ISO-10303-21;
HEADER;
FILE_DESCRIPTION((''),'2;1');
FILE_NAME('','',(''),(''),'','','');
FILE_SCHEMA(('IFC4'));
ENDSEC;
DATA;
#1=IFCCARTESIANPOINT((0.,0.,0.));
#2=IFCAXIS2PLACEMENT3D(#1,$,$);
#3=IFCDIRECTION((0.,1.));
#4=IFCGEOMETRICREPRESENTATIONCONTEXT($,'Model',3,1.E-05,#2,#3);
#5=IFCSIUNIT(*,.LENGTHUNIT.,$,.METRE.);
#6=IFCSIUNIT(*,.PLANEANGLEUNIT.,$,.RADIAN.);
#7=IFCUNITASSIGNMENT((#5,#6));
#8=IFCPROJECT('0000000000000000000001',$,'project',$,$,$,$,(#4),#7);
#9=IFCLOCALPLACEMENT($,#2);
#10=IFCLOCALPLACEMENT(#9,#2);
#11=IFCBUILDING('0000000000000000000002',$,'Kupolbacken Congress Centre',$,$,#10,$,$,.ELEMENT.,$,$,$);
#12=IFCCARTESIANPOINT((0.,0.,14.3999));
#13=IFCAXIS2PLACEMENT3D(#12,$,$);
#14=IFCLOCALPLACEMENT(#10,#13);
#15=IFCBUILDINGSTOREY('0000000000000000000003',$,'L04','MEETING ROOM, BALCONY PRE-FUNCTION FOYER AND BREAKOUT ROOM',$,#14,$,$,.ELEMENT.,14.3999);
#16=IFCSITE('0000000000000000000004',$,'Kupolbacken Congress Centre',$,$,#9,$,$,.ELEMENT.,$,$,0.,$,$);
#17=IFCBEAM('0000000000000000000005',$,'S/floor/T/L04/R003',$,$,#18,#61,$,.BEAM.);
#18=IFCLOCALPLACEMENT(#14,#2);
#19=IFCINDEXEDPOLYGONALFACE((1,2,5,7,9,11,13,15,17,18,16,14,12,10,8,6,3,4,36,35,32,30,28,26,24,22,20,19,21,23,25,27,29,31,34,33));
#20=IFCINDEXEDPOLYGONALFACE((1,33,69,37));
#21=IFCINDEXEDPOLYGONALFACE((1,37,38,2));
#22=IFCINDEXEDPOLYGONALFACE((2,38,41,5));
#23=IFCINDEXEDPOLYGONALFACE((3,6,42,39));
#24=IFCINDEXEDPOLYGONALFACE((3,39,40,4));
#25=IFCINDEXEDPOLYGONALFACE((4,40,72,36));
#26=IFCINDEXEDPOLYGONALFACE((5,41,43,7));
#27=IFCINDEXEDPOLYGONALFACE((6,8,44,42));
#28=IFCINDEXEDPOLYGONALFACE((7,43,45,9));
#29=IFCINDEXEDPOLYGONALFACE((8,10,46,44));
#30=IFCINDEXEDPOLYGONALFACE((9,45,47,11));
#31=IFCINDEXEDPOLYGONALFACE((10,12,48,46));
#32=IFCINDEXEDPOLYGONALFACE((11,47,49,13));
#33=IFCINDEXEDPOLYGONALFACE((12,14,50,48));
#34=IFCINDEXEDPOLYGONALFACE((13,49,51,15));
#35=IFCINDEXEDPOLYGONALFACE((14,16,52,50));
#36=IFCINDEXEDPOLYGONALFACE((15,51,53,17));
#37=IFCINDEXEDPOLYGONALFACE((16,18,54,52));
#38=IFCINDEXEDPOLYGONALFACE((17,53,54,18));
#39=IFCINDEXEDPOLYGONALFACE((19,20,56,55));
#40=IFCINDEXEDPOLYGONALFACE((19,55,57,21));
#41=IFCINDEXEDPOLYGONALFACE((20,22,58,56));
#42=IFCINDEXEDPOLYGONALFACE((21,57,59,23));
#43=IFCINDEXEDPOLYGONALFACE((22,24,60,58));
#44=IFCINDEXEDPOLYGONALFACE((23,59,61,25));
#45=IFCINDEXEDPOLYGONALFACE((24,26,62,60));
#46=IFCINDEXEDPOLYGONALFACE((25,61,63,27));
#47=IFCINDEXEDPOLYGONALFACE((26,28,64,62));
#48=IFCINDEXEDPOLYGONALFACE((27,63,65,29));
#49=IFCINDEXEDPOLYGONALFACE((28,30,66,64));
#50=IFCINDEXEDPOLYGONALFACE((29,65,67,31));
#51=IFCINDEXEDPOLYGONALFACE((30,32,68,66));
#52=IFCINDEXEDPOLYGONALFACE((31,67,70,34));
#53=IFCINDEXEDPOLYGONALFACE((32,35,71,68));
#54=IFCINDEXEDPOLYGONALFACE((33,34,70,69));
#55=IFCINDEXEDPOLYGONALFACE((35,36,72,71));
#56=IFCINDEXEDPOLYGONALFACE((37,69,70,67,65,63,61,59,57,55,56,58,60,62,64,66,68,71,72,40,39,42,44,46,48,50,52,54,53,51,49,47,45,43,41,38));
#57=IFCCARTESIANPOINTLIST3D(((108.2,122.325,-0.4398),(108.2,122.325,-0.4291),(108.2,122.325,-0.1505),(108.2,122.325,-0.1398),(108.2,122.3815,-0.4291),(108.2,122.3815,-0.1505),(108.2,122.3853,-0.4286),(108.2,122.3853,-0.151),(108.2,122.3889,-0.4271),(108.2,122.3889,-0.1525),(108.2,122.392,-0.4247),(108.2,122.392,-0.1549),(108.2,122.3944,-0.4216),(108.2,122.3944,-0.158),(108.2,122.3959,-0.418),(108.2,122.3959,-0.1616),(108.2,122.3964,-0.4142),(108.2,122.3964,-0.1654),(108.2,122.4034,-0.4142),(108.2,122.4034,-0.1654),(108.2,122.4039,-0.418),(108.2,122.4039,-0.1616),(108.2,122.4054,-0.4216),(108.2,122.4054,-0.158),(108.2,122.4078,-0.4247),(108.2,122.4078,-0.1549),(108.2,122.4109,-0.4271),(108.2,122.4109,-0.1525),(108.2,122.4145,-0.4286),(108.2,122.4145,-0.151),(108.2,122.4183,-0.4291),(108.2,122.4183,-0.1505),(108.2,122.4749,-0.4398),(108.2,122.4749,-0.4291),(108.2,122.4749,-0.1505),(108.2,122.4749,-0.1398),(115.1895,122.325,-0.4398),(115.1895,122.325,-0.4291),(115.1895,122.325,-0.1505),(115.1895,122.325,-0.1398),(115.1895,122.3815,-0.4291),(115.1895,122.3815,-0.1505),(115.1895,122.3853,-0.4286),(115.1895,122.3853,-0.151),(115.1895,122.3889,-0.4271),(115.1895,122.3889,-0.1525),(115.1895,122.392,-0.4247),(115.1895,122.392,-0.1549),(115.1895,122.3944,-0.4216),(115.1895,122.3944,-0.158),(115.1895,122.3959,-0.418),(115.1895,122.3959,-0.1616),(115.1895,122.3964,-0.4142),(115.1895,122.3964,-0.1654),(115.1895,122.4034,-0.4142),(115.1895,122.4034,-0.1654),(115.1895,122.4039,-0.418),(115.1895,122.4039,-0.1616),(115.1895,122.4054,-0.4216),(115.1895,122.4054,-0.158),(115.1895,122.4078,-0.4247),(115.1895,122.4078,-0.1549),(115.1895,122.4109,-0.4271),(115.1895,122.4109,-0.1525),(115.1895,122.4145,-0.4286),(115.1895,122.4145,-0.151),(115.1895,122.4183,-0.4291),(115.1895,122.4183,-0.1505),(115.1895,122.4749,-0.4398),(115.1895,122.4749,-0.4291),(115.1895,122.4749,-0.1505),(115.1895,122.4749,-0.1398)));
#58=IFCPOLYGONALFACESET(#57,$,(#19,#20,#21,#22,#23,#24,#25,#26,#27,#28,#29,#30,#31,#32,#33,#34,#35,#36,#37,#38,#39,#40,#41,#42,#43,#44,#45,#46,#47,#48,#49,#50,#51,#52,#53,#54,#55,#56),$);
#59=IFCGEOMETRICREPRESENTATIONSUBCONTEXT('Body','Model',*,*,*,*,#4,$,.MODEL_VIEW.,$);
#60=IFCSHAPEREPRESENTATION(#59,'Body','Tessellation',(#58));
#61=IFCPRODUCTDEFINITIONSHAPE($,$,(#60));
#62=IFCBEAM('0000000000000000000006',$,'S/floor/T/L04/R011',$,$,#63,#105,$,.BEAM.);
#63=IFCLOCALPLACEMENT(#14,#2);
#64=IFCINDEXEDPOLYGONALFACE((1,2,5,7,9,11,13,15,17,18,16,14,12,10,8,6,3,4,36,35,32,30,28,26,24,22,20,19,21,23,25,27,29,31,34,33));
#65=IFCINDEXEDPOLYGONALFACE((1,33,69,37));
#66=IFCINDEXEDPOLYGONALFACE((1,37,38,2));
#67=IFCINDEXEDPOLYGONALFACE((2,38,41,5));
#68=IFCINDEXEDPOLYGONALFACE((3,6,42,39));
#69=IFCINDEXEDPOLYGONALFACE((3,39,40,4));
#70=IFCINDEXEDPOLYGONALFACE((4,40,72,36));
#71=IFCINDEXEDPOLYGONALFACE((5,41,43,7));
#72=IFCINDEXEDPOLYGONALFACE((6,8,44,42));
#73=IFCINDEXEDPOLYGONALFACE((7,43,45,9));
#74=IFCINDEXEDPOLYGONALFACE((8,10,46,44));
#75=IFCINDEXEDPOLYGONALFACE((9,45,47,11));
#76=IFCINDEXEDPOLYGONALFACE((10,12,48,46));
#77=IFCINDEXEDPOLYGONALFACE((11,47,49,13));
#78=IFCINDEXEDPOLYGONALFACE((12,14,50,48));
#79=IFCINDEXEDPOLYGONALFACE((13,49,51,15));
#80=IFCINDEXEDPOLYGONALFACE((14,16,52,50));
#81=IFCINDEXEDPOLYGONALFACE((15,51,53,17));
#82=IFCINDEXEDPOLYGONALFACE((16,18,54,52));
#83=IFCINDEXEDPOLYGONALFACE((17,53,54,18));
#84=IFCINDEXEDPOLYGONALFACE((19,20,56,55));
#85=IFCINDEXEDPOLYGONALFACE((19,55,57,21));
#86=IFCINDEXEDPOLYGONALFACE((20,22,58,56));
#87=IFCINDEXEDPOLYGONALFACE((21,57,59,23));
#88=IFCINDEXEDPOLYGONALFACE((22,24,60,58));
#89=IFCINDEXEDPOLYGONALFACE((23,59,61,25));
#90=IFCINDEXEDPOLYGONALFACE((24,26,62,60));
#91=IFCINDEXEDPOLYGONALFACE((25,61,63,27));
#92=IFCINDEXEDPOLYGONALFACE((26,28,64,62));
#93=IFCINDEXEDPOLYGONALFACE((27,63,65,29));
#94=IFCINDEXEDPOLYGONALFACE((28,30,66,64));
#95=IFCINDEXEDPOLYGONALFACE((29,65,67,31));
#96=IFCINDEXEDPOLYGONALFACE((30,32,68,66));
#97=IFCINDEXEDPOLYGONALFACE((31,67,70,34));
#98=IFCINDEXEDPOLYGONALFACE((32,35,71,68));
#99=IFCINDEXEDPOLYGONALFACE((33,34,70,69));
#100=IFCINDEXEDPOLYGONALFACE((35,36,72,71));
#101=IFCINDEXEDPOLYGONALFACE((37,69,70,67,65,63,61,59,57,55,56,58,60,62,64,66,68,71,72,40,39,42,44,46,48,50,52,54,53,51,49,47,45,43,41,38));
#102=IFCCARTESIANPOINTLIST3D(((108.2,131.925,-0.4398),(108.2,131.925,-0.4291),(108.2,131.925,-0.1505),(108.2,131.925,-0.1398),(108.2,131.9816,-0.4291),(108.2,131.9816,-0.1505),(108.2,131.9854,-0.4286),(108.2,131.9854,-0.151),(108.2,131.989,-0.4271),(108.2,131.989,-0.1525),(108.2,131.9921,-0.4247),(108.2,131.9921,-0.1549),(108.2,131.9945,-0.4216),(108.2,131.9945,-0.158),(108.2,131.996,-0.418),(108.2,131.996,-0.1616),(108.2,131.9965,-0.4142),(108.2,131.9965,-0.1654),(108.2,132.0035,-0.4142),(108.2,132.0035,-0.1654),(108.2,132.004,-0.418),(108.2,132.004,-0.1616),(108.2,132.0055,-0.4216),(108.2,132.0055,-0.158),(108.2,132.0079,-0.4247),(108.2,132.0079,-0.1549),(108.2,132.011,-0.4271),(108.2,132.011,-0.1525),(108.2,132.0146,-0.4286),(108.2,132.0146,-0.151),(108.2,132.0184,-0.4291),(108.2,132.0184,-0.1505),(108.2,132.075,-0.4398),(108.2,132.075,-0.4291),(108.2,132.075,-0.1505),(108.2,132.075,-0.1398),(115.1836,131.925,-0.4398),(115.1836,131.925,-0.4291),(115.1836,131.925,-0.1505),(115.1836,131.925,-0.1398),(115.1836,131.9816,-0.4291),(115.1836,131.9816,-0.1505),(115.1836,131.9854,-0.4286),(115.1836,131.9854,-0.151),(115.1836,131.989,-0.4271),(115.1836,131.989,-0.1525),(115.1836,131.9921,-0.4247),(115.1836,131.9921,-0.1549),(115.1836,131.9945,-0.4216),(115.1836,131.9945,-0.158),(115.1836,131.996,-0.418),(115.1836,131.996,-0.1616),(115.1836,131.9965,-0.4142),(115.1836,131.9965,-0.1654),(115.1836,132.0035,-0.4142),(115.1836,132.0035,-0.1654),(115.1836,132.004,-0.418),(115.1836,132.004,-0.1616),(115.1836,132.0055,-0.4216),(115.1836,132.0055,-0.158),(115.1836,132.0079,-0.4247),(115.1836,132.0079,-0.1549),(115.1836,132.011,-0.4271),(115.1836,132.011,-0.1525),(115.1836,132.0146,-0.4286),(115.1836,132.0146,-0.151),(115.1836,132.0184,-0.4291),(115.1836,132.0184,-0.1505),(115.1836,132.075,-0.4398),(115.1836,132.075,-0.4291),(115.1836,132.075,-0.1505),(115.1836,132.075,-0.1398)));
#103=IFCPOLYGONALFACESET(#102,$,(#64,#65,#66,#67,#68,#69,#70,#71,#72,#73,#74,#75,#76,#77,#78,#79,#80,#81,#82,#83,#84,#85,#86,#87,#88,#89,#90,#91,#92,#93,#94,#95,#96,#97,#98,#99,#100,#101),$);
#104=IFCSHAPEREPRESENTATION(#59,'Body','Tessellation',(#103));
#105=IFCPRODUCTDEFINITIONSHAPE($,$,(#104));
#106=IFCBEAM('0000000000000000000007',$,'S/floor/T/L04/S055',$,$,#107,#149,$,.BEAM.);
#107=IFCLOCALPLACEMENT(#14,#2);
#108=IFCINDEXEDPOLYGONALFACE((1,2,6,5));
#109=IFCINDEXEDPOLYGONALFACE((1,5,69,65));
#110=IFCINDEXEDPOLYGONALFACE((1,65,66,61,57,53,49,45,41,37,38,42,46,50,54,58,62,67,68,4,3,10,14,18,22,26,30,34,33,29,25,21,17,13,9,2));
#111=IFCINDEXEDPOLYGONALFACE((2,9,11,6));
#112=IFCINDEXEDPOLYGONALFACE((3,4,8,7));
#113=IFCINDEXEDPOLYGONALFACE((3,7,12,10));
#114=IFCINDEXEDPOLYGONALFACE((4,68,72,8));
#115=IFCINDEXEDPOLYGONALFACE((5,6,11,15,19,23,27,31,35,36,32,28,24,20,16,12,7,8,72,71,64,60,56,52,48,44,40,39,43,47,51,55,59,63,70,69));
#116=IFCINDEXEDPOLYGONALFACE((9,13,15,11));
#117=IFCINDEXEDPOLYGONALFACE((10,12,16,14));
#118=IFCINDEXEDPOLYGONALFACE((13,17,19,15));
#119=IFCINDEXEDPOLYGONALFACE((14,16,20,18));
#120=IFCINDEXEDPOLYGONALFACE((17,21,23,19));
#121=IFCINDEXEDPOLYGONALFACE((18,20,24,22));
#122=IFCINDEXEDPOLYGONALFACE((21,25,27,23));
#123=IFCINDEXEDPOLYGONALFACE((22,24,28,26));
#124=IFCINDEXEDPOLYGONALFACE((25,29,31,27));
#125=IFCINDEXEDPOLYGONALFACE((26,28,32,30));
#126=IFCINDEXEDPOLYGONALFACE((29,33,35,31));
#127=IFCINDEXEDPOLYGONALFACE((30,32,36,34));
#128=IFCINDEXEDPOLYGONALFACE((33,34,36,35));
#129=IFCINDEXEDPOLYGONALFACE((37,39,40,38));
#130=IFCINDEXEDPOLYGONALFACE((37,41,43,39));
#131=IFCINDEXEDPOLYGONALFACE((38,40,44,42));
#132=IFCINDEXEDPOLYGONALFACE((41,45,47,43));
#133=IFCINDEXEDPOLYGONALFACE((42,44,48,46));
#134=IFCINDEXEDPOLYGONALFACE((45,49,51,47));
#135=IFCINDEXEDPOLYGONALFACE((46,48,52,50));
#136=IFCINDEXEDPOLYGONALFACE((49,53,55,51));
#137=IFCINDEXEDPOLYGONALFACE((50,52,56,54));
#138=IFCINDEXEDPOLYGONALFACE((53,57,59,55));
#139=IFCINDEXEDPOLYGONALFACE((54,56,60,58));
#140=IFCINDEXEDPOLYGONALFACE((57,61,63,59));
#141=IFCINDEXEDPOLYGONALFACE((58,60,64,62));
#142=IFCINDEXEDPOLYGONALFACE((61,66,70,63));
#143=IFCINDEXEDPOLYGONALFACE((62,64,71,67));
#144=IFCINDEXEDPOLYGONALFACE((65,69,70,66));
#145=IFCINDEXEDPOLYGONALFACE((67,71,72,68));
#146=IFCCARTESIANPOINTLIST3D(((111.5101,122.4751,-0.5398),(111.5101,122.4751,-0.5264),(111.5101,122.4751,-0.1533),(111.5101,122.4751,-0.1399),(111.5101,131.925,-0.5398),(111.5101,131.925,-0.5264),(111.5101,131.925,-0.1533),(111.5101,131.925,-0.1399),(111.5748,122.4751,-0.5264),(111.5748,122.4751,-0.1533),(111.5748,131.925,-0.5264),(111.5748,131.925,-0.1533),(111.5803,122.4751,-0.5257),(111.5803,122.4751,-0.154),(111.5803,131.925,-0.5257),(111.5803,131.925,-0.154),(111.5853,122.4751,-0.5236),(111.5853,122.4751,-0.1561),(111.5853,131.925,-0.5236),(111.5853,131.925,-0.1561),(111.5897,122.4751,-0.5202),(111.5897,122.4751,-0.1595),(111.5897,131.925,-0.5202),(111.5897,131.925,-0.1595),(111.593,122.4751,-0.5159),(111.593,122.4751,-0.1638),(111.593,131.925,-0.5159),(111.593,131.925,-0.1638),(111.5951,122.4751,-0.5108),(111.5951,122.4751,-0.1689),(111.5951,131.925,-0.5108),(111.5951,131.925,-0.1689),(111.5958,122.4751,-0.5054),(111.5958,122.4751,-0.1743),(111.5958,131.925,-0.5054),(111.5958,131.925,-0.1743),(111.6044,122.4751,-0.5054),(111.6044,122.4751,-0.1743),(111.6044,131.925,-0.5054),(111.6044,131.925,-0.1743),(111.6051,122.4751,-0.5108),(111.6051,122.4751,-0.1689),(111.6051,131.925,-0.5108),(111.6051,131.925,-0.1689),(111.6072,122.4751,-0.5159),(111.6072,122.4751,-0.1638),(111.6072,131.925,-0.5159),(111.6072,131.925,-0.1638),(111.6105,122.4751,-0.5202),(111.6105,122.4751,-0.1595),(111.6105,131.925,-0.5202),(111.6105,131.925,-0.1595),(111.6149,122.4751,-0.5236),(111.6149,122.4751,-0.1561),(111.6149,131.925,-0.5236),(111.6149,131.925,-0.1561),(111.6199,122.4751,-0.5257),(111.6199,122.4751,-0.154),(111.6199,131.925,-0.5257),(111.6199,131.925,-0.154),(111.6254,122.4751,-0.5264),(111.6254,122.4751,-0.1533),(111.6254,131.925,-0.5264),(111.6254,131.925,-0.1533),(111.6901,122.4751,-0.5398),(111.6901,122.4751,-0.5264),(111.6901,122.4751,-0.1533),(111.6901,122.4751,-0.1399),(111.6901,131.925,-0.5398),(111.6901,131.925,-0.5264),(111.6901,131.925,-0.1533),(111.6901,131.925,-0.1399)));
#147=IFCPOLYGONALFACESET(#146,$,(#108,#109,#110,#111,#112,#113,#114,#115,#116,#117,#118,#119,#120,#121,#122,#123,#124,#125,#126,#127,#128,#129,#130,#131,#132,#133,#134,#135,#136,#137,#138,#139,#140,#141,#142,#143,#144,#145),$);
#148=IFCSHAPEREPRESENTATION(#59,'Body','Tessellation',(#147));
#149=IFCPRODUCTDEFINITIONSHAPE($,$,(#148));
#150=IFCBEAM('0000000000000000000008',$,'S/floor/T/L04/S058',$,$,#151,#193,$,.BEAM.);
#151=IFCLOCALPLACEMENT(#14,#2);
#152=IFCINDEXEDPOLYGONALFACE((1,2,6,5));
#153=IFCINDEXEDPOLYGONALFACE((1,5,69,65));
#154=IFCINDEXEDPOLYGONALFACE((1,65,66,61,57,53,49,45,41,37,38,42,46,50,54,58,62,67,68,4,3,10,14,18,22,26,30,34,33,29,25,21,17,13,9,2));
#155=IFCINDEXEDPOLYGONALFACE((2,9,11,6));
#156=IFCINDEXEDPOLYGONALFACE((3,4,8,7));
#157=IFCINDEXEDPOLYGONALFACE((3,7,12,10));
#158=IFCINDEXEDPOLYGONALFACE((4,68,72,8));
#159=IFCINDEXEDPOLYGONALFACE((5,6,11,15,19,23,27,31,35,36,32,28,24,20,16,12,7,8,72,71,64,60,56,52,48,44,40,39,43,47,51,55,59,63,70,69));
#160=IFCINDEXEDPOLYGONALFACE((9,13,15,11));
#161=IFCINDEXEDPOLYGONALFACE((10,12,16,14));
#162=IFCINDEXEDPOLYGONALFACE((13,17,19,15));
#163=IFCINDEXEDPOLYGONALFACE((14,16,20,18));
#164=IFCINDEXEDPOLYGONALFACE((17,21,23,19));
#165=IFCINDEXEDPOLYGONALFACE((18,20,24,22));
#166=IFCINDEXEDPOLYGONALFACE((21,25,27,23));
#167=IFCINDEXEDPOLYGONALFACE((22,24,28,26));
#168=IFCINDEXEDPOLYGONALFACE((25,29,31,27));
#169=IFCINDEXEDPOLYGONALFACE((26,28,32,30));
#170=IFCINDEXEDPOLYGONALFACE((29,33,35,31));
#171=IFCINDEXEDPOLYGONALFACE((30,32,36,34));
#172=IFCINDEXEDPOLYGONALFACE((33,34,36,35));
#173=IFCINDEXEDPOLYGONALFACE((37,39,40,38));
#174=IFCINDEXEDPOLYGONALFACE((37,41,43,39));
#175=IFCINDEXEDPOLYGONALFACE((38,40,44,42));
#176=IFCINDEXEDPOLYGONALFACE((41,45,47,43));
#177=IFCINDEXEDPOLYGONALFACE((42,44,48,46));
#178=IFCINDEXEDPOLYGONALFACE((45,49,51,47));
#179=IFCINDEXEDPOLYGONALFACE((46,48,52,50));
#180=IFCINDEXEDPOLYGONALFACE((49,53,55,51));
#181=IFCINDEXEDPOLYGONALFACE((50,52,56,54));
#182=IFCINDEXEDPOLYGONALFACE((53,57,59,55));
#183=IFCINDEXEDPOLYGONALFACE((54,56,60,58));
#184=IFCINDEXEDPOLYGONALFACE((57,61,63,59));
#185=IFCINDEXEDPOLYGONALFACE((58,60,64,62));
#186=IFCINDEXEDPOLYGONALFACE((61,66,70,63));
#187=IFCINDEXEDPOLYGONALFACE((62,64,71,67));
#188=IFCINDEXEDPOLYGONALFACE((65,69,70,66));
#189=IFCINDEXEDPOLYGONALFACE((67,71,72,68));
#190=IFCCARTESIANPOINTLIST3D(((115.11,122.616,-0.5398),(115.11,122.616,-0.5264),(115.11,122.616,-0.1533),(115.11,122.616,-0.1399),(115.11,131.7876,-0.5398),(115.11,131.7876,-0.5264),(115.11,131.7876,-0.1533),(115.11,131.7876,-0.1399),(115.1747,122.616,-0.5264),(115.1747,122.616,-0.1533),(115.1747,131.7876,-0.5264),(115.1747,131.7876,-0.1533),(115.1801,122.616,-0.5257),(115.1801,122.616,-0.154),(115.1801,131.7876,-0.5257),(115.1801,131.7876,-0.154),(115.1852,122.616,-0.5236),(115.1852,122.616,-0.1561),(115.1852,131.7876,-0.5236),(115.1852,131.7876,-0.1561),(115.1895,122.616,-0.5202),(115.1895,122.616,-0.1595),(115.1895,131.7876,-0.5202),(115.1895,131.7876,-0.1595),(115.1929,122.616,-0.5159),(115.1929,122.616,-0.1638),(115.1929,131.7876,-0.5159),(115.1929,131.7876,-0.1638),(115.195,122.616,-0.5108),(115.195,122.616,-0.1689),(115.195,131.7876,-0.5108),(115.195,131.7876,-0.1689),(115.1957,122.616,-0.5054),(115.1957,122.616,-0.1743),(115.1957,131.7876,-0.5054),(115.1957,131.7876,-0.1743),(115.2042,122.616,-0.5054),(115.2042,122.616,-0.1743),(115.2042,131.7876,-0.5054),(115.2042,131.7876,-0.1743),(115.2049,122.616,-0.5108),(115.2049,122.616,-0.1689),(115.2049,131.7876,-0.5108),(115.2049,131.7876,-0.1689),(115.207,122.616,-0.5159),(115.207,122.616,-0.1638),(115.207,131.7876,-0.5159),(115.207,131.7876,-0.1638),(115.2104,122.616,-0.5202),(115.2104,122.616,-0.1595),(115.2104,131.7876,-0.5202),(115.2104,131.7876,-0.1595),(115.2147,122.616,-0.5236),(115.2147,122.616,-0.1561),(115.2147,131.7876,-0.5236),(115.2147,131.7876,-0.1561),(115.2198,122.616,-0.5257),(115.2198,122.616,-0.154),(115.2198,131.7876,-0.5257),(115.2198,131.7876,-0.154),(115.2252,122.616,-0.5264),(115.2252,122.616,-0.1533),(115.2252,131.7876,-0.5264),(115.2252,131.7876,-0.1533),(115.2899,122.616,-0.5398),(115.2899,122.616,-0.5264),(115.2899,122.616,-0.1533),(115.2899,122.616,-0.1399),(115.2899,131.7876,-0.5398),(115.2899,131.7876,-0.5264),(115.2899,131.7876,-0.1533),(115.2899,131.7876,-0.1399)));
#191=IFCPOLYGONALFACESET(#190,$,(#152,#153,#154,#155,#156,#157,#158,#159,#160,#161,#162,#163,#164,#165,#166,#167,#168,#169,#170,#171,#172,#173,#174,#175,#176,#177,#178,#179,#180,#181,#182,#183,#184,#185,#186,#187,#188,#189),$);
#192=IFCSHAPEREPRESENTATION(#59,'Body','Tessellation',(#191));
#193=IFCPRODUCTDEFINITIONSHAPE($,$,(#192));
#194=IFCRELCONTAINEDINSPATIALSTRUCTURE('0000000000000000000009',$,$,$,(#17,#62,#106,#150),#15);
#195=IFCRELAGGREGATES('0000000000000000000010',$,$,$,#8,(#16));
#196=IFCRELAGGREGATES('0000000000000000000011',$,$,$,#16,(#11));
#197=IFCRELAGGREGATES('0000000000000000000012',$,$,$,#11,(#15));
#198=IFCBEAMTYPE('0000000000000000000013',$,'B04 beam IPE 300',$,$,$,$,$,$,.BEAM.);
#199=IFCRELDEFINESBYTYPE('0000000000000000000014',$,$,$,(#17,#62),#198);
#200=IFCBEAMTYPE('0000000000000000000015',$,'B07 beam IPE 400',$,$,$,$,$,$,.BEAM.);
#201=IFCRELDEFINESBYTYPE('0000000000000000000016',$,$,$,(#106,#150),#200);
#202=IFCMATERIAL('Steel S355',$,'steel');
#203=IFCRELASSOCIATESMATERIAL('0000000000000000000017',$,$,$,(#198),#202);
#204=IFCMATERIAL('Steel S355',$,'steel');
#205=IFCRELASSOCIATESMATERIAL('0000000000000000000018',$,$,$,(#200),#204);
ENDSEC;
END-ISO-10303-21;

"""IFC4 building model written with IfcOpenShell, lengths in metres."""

from ifc_helpers import new_model, si_unit, direction, frame, origin, origin_2d, place, context, subcontext, project, spatial, i_section, extrude, material, material_profile, profile_set, type_object, element, save


model = new_model("IFC4")

# Units and contexts
model_context = context("Model", 3, precision=1e-05, world=origin(), true_north=direction((0.0, 1.0)))
body_context = subcontext(model_context, "Body", "Model", "MODEL_VIEW")
ifc_project = project(units=[si_unit("LENGTHUNIT", "METRE"), si_unit("PLANEANGLEUNIT", "RADIAN")], contexts=[model_context])

# Site, building, storey
site_placement = place(None, origin())
site = spatial("IfcSite", under=ifc_project, at=site_placement, Name="Kupolbacken Congress Centre", CompositionType="ELEMENT", RefElevation=0.0)
building_placement = place(site_placement, origin())
building = spatial("IfcBuilding", under=site, at=building_placement, Name="Kupolbacken Congress Centre", CompositionType="ELEMENT")
storey_placement = place(building_placement, frame((0.0, 0.0, 14.3999)))
storey = spatial("IfcBuildingStorey", under=building, at=storey_placement, Name="L04", Description="MEETING ROOM, BALCONY PRE-FUNCTION FOYER AND BREAKOUT ROOM", CompositionType="ELEMENT", Elevation=14.3999)

# Beams
ifc_material_1 = material(Name="Steel S355", Category="steel")
ifc_material_profile_1 = material_profile(ifc_material_1, i_section(OverallWidth=0.1499, OverallDepth=0.3, WebThickness=0.0071, FlangeThickness=0.0107, FilletRadius=0.0149, at=origin_2d()), Name="IPE 300")
ifc_profile_set_1 = profile_set([ifc_material_profile_1], Name="Steel S355")
beam_type_1 = type_object("IfcBeamType", Name="B04 beam IPE 300", PredefinedType="BEAM", material=ifc_profile_set_1)
beam_1_placement = place(storey_placement, frame((108.2, 122.3999, -0.2898), z_axis=(1.0, 0.0, 0.0), x_axis=(0.0, 1.0, 0.0)))
element("IfcBeam", 1, at=beam_1_placement, inside=storey, type_object=beam_type_1, Name="S/floor/T/L04/R003", PredefinedType="BEAM", context=body_context, shape_type="SweptSolid", body=[
    extrude(i_section(OverallWidth=0.1499, OverallDepth=0.3, WebThickness=0.0071, FlangeThickness=0.0107, FilletRadius=0.0149, at=origin_2d()), origin(), (0.0, 0.0, 1.0), 6.9895),
])
beam_2_placement = place(storey_placement, frame((108.2, 132.0, -0.2898), z_axis=(1.0, 0.0, 0.0), x_axis=(0.0, 1.0, 0.0)))
element("IfcBeam", 2, at=beam_2_placement, inside=storey, type_object=beam_type_1, Name="S/floor/T/L04/R011", PredefinedType="BEAM", context=body_context, shape_type="SweptSolid", body=[
    extrude(i_section(OverallWidth=0.1499, OverallDepth=0.3, WebThickness=0.0071, FlangeThickness=0.0107, FilletRadius=0.0149, at=origin_2d()), origin(), (0.0, 0.0, 1.0), 6.9836),
])
ifc_material_2 = material(Name="Steel S355", Category="steel")
ifc_material_profile_2 = material_profile(ifc_material_2, i_section(OverallWidth=0.1799, OverallDepth=0.3999, WebThickness=0.0085, FlangeThickness=0.0134, FilletRadius=0.021, at=origin_2d()), Name="IPE 400")
ifc_profile_set_2 = profile_set([ifc_material_profile_2], Name="Steel S355")
beam_type_2 = type_object("IfcBeamType", Name="B07 beam IPE 400", PredefinedType="BEAM", material=ifc_profile_set_2)
beam_3_placement = place(storey_placement, frame((111.6001, 122.4751, -0.3398), z_axis=(0.0, 1.0, 0.0), x_axis=(-1.0, 0.0, 0.0)))
element("IfcBeam", 3, at=beam_3_placement, inside=storey, type_object=beam_type_2, Name="S/floor/T/L04/S055", PredefinedType="BEAM", context=body_context, shape_type="SweptSolid", body=[
    extrude(i_section(OverallWidth=0.1799, OverallDepth=0.3999, WebThickness=0.0085, FlangeThickness=0.0134, FilletRadius=0.021, at=origin_2d()), origin(), (0.0, 0.0, 1.0), 9.45),
])
beam_4_placement = place(storey_placement, frame((115.2, 122.616, -0.3398), z_axis=(0.0, 1.0, 0.0), x_axis=(-1.0, 0.0, 0.0)))
element("IfcBeam", 4, at=beam_4_placement, inside=storey, type_object=beam_type_2, Name="S/floor/T/L04/S058", PredefinedType="BEAM", context=body_context, shape_type="SweptSolid", body=[
    extrude(i_section(OverallWidth=0.1799, OverallDepth=0.3999, WebThickness=0.0085, FlangeThickness=0.0134, FilletRadius=0.021, at=origin_2d()), origin(), (0.0, 0.0, 1.0), 9.1716),
])

save(model, "model.ifc")
